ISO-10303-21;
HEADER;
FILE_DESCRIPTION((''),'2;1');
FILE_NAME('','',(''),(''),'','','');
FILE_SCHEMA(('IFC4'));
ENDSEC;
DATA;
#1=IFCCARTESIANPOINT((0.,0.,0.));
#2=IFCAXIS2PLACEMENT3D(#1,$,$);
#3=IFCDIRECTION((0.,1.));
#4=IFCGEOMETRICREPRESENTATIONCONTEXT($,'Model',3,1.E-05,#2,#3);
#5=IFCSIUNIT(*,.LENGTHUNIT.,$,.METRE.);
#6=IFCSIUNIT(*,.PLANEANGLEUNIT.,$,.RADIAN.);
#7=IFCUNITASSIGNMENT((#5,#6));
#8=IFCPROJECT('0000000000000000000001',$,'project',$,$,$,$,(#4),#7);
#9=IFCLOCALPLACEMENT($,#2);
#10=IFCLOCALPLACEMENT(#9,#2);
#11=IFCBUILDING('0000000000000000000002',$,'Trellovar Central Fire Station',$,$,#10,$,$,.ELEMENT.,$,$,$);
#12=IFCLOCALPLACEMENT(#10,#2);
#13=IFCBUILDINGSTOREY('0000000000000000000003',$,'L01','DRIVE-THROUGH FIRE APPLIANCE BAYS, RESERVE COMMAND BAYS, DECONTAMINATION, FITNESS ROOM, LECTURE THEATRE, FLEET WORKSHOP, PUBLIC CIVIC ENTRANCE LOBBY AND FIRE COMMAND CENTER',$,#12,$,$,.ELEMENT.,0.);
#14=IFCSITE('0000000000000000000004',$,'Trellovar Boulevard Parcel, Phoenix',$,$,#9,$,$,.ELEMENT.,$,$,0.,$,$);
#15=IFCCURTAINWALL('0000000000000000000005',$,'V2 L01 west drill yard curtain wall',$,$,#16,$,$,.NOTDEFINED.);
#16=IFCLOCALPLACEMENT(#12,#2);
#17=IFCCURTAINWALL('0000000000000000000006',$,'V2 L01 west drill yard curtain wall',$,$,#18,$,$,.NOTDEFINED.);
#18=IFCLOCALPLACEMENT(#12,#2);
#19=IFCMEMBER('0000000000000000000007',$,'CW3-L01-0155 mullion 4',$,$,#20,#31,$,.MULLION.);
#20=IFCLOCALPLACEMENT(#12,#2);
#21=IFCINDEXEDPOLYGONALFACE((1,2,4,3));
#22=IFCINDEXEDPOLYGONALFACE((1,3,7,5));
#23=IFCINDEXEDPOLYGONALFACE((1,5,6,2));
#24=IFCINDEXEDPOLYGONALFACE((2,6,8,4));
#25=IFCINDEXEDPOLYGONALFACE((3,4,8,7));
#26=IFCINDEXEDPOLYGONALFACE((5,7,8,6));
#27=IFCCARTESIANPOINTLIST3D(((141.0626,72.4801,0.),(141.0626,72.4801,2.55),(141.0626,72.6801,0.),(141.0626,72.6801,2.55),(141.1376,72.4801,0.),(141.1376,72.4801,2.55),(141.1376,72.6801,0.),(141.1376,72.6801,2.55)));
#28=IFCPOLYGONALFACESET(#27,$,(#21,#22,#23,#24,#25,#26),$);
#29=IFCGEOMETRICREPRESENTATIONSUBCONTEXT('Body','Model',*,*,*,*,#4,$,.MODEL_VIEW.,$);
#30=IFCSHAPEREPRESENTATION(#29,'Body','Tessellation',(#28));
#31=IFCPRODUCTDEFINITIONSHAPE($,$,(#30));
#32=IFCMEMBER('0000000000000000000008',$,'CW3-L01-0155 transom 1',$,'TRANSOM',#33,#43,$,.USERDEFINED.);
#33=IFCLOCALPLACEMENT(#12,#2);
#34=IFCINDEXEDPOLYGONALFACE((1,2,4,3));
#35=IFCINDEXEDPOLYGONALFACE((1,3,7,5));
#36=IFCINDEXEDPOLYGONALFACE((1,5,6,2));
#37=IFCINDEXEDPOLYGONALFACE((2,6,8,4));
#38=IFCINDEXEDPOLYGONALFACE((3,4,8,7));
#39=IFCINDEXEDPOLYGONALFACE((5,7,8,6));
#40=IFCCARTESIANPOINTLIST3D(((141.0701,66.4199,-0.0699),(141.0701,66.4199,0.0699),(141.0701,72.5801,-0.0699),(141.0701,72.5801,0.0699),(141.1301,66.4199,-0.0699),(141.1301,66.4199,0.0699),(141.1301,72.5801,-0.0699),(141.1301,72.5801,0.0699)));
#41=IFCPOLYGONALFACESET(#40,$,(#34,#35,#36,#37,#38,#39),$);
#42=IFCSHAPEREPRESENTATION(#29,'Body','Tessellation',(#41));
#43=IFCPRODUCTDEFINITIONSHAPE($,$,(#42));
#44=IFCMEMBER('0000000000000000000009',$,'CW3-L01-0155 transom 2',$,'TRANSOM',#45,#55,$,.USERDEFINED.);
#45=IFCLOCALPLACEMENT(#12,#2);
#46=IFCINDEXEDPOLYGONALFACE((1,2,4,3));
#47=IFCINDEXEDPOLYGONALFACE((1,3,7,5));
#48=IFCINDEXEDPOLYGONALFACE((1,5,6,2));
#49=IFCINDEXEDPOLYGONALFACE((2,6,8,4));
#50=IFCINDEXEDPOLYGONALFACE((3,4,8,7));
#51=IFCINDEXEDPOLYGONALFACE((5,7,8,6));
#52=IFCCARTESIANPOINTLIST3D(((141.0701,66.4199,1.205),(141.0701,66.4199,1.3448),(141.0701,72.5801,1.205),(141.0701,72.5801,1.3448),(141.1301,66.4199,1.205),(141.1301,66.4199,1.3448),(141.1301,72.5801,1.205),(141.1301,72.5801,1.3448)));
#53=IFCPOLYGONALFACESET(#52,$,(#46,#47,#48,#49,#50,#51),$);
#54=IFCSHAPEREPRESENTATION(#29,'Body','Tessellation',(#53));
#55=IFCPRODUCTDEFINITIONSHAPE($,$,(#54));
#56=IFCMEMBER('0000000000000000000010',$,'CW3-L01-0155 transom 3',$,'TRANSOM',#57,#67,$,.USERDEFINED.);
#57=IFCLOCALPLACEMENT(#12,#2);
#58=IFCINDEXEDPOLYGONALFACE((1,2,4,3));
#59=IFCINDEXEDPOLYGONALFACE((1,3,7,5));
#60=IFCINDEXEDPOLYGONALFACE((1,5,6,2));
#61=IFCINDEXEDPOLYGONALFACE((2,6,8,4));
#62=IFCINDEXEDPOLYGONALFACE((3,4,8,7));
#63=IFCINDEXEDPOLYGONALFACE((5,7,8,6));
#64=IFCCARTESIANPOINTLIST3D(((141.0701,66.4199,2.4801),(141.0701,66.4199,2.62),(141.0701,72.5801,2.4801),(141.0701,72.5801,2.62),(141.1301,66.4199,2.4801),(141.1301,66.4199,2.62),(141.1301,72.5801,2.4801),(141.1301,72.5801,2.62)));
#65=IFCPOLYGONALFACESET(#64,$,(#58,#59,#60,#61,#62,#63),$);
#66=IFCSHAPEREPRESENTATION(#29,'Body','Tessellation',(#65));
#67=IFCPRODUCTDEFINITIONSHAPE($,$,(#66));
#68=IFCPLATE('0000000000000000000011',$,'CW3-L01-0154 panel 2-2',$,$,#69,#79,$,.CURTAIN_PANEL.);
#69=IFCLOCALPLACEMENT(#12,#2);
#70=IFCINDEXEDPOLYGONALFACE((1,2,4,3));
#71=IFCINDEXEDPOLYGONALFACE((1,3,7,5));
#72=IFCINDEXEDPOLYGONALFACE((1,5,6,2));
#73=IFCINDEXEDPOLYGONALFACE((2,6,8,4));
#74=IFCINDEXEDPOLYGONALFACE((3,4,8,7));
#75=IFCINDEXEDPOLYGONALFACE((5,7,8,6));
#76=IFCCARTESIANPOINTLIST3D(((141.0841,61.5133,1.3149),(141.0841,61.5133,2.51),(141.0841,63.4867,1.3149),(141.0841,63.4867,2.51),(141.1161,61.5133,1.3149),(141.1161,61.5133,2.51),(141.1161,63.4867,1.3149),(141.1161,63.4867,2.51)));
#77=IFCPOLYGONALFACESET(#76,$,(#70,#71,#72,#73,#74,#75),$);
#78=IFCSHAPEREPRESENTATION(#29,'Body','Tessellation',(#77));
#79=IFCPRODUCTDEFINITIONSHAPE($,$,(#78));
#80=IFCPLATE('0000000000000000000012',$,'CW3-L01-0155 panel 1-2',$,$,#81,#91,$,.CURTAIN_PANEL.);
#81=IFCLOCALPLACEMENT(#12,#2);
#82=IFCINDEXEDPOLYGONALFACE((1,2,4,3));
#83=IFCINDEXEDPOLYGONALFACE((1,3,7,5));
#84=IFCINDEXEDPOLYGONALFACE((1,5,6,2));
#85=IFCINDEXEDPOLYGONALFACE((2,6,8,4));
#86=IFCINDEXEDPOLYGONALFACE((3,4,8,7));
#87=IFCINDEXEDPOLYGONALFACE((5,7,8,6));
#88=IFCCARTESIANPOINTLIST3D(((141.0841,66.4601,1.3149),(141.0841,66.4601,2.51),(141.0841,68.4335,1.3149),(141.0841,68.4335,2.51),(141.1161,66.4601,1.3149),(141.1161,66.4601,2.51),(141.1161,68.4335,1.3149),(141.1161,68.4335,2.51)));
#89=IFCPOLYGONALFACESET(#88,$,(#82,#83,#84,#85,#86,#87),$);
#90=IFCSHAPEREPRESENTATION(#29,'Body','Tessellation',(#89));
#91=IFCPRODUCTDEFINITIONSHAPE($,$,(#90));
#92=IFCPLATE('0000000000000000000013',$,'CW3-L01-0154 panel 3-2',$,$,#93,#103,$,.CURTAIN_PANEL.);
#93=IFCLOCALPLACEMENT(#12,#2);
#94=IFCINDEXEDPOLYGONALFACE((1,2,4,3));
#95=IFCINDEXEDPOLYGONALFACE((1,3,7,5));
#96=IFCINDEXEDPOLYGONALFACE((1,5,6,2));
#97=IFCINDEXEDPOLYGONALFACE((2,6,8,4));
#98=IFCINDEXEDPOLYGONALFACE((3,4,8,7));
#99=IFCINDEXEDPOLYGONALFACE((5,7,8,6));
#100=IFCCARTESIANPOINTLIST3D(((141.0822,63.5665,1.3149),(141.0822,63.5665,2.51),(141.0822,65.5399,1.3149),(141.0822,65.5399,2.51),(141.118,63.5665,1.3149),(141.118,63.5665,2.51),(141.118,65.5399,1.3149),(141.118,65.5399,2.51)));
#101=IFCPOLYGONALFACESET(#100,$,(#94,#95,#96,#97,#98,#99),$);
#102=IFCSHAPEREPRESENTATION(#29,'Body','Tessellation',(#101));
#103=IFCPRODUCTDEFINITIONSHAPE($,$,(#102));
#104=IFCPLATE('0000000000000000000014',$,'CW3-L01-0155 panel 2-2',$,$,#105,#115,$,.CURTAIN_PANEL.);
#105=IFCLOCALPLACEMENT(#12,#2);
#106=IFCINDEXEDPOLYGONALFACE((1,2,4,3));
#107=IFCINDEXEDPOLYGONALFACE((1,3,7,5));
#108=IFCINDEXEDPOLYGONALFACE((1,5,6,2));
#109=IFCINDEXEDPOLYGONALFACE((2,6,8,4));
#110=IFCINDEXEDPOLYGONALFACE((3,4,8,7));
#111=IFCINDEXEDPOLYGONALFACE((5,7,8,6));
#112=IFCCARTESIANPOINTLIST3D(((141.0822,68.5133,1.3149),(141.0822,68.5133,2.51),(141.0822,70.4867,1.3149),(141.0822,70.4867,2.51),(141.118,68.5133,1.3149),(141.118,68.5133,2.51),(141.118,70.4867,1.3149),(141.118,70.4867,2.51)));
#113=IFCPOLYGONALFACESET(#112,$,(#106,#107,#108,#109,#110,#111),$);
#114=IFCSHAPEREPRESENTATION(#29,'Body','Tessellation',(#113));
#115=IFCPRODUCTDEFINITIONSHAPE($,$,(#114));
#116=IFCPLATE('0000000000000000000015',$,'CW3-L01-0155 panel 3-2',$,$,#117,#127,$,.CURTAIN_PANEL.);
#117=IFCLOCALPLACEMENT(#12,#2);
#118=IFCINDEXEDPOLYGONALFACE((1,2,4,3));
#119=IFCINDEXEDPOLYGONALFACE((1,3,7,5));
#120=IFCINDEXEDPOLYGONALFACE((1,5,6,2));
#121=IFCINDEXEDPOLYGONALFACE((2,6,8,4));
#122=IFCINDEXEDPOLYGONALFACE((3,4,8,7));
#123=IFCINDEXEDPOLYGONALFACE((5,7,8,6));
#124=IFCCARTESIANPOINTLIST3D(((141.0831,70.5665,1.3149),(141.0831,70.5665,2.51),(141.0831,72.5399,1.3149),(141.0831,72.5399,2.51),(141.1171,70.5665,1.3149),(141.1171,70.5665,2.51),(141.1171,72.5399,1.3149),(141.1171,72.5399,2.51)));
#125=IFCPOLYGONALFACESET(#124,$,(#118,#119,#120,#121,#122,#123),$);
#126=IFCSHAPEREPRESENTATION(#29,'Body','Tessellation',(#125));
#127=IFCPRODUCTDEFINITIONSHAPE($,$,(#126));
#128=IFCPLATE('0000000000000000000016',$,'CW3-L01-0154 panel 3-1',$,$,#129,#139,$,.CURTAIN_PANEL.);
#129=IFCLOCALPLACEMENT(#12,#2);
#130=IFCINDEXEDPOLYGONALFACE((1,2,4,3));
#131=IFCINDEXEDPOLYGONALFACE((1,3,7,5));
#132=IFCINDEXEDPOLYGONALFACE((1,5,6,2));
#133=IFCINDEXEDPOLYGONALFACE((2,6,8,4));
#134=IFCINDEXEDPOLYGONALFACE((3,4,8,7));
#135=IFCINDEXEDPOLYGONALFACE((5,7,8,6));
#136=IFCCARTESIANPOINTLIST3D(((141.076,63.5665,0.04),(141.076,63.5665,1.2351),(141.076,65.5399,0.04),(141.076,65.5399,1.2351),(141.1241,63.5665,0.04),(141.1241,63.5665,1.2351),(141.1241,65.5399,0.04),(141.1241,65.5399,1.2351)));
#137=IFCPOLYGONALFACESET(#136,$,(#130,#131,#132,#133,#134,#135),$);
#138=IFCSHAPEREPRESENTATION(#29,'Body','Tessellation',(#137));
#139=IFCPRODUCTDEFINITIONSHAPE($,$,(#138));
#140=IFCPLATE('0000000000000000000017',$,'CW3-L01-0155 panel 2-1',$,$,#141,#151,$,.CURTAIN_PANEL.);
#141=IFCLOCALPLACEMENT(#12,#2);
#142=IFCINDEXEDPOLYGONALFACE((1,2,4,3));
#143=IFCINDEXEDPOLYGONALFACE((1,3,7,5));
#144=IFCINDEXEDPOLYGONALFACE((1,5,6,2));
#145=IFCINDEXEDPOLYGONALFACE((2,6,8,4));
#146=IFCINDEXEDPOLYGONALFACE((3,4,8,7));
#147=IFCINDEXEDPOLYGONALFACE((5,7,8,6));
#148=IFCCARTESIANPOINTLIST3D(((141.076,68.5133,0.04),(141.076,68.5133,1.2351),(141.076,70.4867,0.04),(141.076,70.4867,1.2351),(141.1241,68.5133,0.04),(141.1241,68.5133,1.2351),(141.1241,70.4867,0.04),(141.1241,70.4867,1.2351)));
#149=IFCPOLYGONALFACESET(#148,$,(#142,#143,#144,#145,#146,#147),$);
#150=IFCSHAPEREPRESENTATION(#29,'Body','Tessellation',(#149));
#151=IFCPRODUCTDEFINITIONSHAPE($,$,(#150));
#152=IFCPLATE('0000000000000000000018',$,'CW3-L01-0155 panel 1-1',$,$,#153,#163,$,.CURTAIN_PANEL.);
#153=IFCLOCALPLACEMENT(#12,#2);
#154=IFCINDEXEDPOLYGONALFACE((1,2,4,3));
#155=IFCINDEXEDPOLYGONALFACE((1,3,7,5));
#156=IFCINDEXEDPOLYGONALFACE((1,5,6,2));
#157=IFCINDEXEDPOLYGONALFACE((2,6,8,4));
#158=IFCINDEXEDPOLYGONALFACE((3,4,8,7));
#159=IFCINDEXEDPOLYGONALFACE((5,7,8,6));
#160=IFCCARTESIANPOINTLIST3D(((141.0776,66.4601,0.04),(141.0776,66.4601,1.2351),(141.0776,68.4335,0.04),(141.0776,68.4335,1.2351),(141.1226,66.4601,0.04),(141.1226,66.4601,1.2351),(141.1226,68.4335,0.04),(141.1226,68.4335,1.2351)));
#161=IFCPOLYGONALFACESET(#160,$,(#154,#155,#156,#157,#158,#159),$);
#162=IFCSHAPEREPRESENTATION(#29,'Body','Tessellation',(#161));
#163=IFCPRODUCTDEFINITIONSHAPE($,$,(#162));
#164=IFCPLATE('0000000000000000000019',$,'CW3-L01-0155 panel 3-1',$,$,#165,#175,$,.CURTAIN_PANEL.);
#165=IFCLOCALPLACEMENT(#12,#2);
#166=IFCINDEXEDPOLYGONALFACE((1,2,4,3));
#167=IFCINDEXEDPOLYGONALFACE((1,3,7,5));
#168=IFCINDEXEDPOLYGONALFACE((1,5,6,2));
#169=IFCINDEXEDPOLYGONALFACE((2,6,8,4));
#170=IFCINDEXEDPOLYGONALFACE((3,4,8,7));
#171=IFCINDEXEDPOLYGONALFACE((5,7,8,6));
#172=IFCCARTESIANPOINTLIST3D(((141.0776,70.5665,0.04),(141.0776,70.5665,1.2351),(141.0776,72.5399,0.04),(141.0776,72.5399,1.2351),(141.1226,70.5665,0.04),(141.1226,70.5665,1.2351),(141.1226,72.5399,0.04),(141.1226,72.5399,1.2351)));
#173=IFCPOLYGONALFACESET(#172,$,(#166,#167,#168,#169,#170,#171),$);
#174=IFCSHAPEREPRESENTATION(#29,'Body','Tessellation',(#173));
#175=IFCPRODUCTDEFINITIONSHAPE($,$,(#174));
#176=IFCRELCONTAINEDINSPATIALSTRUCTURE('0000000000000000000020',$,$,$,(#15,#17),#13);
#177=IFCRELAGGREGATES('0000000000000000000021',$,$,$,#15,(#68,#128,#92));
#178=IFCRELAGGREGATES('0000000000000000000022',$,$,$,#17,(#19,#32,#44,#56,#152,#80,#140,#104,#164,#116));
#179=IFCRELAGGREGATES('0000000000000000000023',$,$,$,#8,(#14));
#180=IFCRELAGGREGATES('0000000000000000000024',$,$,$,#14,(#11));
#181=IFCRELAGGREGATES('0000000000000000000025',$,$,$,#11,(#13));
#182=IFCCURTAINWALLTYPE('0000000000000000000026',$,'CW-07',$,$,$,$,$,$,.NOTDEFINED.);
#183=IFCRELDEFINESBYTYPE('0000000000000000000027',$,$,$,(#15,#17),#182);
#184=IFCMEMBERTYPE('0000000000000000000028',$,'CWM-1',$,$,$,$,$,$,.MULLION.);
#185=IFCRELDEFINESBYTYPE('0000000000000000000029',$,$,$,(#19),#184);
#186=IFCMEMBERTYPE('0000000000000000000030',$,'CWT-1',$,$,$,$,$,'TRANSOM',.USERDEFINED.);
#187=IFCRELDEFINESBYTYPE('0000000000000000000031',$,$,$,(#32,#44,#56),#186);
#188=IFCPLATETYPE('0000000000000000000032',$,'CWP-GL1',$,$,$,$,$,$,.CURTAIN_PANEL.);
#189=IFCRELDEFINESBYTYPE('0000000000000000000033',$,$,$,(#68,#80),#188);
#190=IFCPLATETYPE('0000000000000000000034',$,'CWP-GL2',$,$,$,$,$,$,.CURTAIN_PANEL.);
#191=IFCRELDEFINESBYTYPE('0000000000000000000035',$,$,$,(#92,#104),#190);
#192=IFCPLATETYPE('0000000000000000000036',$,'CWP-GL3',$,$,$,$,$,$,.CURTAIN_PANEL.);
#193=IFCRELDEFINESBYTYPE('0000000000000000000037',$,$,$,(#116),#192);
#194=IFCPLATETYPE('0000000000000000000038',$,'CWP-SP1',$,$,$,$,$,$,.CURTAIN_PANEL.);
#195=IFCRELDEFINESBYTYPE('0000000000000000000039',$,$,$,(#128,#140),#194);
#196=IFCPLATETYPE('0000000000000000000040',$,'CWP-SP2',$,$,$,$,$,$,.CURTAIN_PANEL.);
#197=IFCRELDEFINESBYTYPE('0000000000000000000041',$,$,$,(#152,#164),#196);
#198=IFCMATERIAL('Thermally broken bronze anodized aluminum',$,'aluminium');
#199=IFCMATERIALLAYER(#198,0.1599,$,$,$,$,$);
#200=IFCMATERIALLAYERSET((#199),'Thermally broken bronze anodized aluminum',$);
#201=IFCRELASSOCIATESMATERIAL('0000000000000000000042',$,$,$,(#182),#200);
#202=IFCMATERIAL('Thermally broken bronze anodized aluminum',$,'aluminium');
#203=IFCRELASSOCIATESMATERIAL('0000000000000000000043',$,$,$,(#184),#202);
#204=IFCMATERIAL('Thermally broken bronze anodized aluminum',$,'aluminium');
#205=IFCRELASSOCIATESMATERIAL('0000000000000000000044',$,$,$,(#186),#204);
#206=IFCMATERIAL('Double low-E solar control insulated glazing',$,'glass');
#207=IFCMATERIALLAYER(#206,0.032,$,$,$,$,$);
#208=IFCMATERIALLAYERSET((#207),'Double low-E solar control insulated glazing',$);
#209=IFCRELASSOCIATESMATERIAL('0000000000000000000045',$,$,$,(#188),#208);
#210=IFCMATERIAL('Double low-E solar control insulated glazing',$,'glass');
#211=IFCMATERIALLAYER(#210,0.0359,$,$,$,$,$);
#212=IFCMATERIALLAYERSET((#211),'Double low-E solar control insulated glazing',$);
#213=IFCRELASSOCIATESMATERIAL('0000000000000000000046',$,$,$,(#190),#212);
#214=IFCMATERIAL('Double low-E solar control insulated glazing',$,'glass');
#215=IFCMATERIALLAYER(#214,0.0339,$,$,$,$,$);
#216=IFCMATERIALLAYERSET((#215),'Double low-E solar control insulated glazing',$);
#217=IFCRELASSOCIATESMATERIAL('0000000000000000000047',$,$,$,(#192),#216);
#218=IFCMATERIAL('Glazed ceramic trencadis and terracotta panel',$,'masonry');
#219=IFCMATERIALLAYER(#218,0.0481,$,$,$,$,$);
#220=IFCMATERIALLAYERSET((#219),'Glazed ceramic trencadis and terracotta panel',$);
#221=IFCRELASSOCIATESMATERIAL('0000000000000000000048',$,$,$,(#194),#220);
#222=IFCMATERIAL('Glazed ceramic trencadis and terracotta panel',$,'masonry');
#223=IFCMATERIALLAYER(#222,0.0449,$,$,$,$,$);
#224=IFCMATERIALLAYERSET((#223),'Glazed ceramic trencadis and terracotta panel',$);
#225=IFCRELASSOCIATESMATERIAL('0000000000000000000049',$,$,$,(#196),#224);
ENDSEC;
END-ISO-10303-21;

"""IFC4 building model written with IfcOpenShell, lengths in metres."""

from ifc_helpers import new_model, si_unit, direction, frame, origin, origin_2d, place, context, subcontext, project, spatial, rectangle, extrude, material, layer, layer_set, material_profile, profile_set, type_object, element, aggregate, save


model = new_model("IFC4")

# Units and contexts
model_context = context("Model", 3, precision=1e-05, world=origin(), true_north=direction((0.0, 1.0)))
body_context = subcontext(model_context, "Body", "Model", "MODEL_VIEW")
ifc_project = project(units=[si_unit("LENGTHUNIT", "METRE"), si_unit("PLANEANGLEUNIT", "RADIAN")], contexts=[model_context])

# Site, building, storey
site_placement = place(None, origin())
site = spatial("IfcSite", under=ifc_project, at=site_placement, Name="Trellovar Boulevard Parcel, Phoenix", CompositionType="ELEMENT", RefElevation=0.0)
building_placement = place(site_placement, origin())
building = spatial("IfcBuilding", under=site, at=building_placement, Name="Trellovar Central Fire Station", CompositionType="ELEMENT")
storey_placement = place(building_placement, origin())
storey = spatial("IfcBuildingStorey", under=building, at=storey_placement, Name="L01", Description="DRIVE-THROUGH FIRE APPLIANCE BAYS, RESERVE COMMAND BAYS, DECONTAMINATION, FITNESS ROOM, LECTURE THEATRE, FLEET WORKSHOP, PUBLIC CIVIC ENTRANCE LOBBY AND FIRE COMMAND CENTER", CompositionType="ELEMENT", Elevation=0.0)

# Curtain walls, members
ifc_material_1 = material(Name="Thermally broken bronze anodized aluminum", Category="aluminium")
ifc_layer_1 = layer(ifc_material_1, 0.1599)
ifc_layer_set_1 = layer_set([ifc_layer_1], Name="Thermally broken bronze anodized aluminum")
curtain_wall_type = type_object("IfcCurtainWallType", Name="CW-07", PredefinedType="NOTDEFINED", material=ifc_layer_set_1)
curtain_wall_1_placement = place(storey_placement, origin())
curtain_wall_1 = element("IfcCurtainWall", 1, at=curtain_wall_1_placement, inside=storey, type_object=curtain_wall_type, Name="V2 L01 west drill yard curtain wall", PredefinedType="NOTDEFINED")
ifc_material_2 = material(Name="Thermally broken bronze anodized aluminum", Category="aluminium")
ifc_material_profile_1 = material_profile(ifc_material_2, rectangle(XDim=0.075, YDim=0.2, at=origin_2d()), Name="ALU75X200")
ifc_profile_set_1 = profile_set([ifc_material_profile_1], Name="Thermally broken bronze anodized aluminum")
member_type_1 = type_object("IfcMemberType", Name="CWM-1", PredefinedType="MULLION", material=ifc_profile_set_1)
curtain_wall_2_placement = place(storey_placement, origin())
curtain_wall_2 = element("IfcCurtainWall", 2, at=curtain_wall_2_placement, inside=storey, type_object=curtain_wall_type, Name="V2 L01 west drill yard curtain wall", PredefinedType="NOTDEFINED")
member_1_placement = place(storey_placement, frame((141.1001, 72.5801, 0.0), z_axis=(0.0, 0.0, 1.0), x_axis=(1.0, 0.0, 0.0)))
member_1 = element("IfcMember", 3, at=member_1_placement, type_object=member_type_1, Name="CW3-L01-0155 mullion 4", PredefinedType="MULLION", context=body_context, shape_type="SweptSolid", body=[
    extrude(rectangle(XDim=0.075, YDim=0.2, at=origin_2d()), origin(), (0.0, 0.0, 1.0), 2.55),
])
ifc_material_3 = material(Name="Thermally broken bronze anodized aluminum", Category="aluminium")
ifc_material_profile_2 = material_profile(ifc_material_3, rectangle(XDim=0.0601, YDim=0.1399, at=origin_2d()), Name="ALU60X140")
ifc_profile_set_2 = profile_set([ifc_material_profile_2], Name="Thermally broken bronze anodized aluminum")
member_type_2 = type_object("IfcMemberType", Name="CWT-1", ElementType="TRANSOM", PredefinedType="USERDEFINED", material=ifc_profile_set_2)
member_2_placement = place(storey_placement, frame((141.1001, 66.4199, 0.0), z_axis=(0.0, 1.0, 0.0), x_axis=(-1.0, 0.0, 0.0)))
member_2 = element("IfcMember", 4, at=member_2_placement, type_object=member_type_2, Name="CW3-L01-0155 transom 1", ObjectType="TRANSOM", PredefinedType="USERDEFINED", context=body_context, shape_type="SweptSolid", body=[
    extrude(rectangle(XDim=0.0601, YDim=0.1399, at=origin_2d()), origin(), (0.0, 0.0, 1.0), 6.1602),
])
member_3_placement = place(storey_placement, frame((141.1001, 66.4199, 1.2749), z_axis=(0.0, 1.0, 0.0), x_axis=(-1.0, 0.0, 0.0)))
member_3 = element("IfcMember", 5, at=member_3_placement, type_object=member_type_2, Name="CW3-L01-0155 transom 2", ObjectType="TRANSOM", PredefinedType="USERDEFINED", context=body_context, shape_type="SweptSolid", body=[
    extrude(rectangle(XDim=0.0601, YDim=0.1399, at=origin_2d()), origin(), (0.0, 0.0, 1.0), 6.1602),
])
member_4_placement = place(storey_placement, frame((141.1001, 66.4199, 2.55), z_axis=(0.0, 1.0, 0.0), x_axis=(-1.0, 0.0, 0.0)))
member_4 = element("IfcMember", 6, at=member_4_placement, type_object=member_type_2, Name="CW3-L01-0155 transom 3", ObjectType="TRANSOM", PredefinedType="USERDEFINED", context=body_context, shape_type="SweptSolid", body=[
    extrude(rectangle(XDim=0.0601, YDim=0.1399, at=origin_2d()), origin(), (0.0, 0.0, 1.0), 6.1602),
])

# Plates
ifc_material_4 = material(Name="Double low-E solar control insulated glazing", Category="glass")
ifc_layer_2 = layer(ifc_material_4, 0.032)
ifc_layer_set_2 = layer_set([ifc_layer_2], Name="Double low-E solar control insulated glazing")
plate_type_1 = type_object("IfcPlateType", Name="CWP-GL1", PredefinedType="CURTAIN_PANEL", material=ifc_layer_set_2)
plate_1_placement = place(storey_placement, frame((141.1001, 62.5, 1.3149), z_axis=(0.0, 0.0, 1.0), x_axis=(0.0, 1.0, 0.0)))
plate_1 = element("IfcPlate", 7, at=plate_1_placement, type_object=plate_type_1, Name="CW3-L01-0154 panel 2-2", PredefinedType="CURTAIN_PANEL", context=body_context, shape_type="SweptSolid", body=[
    extrude(rectangle(XDim=1.9734, YDim=0.032, at=origin_2d()), origin(), (0.0, 0.0, 1.0), 1.1951),
])
plate_2_placement = place(storey_placement, frame((141.1001, 67.4468, 1.3149), z_axis=(0.0, 0.0, 1.0), x_axis=(0.0, 1.0, 0.0)))
plate_2 = element("IfcPlate", 8, at=plate_2_placement, type_object=plate_type_1, Name="CW3-L01-0155 panel 1-2", PredefinedType="CURTAIN_PANEL", context=body_context, shape_type="SweptSolid", body=[
    extrude(rectangle(XDim=1.9734, YDim=0.032, at=origin_2d()), origin(), (0.0, 0.0, 1.0), 1.1951),
])
ifc_material_5 = material(Name="Double low-E solar control insulated glazing", Category="glass")
ifc_layer_3 = layer(ifc_material_5, 0.0359)
ifc_layer_set_3 = layer_set([ifc_layer_3], Name="Double low-E solar control insulated glazing")
plate_type_2 = type_object("IfcPlateType", Name="CWP-GL2", PredefinedType="CURTAIN_PANEL", material=ifc_layer_set_3)
plate_3_placement = place(storey_placement, frame((141.1001, 64.5532, 1.3149), z_axis=(0.0, 0.0, 1.0), x_axis=(0.0, 1.0, 0.0)))
plate_3 = element("IfcPlate", 9, at=plate_3_placement, type_object=plate_type_2, Name="CW3-L01-0154 panel 3-2", PredefinedType="CURTAIN_PANEL", context=body_context, shape_type="SweptSolid", body=[
    extrude(rectangle(XDim=1.9734, YDim=0.0359, at=origin_2d()), origin(), (0.0, 0.0, 1.0), 1.1951),
])
plate_4_placement = place(storey_placement, frame((141.1001, 69.5, 1.3149), z_axis=(0.0, 0.0, 1.0), x_axis=(0.0, 1.0, 0.0)))
plate_4 = element("IfcPlate", 10, at=plate_4_placement, type_object=plate_type_2, Name="CW3-L01-0155 panel 2-2", PredefinedType="CURTAIN_PANEL", context=body_context, shape_type="SweptSolid", body=[
    extrude(rectangle(XDim=1.9734, YDim=0.0359, at=origin_2d()), origin(), (0.0, 0.0, 1.0), 1.1951),
])
ifc_material_6 = material(Name="Double low-E solar control insulated glazing", Category="glass")
ifc_layer_4 = layer(ifc_material_6, 0.0339)
ifc_layer_set_4 = layer_set([ifc_layer_4], Name="Double low-E solar control insulated glazing")
plate_type_3 = type_object("IfcPlateType", Name="CWP-GL3", PredefinedType="CURTAIN_PANEL", material=ifc_layer_set_4)
plate_5_placement = place(storey_placement, frame((141.1001, 71.5532, 1.3149), z_axis=(0.0, 0.0, 1.0), x_axis=(0.0, 1.0, 0.0)))
plate_5 = element("IfcPlate", 11, at=plate_5_placement, type_object=plate_type_3, Name="CW3-L01-0155 panel 3-2", PredefinedType="CURTAIN_PANEL", context=body_context, shape_type="SweptSolid", body=[
    extrude(rectangle(XDim=1.9734, YDim=0.0339, at=origin_2d()), origin(), (0.0, 0.0, 1.0), 1.1951),
])
ifc_material_7 = material(Name="Glazed ceramic trencadis and terracotta panel", Category="masonry")
ifc_layer_5 = layer(ifc_material_7, 0.0481)
ifc_layer_set_5 = layer_set([ifc_layer_5], Name="Glazed ceramic trencadis and terracotta panel")
plate_type_4 = type_object("IfcPlateType", Name="CWP-SP1", PredefinedType="CURTAIN_PANEL", material=ifc_layer_set_5)
plate_6_placement = place(storey_placement, frame((141.1001, 64.5532, 0.04), z_axis=(0.0, 0.0, 1.0), x_axis=(0.0, 1.0, 0.0)))
plate_6 = element("IfcPlate", 12, at=plate_6_placement, type_object=plate_type_4, Name="CW3-L01-0154 panel 3-1", PredefinedType="CURTAIN_PANEL", context=body_context, shape_type="SweptSolid", body=[
    extrude(rectangle(XDim=1.9734, YDim=0.0481, at=origin_2d()), origin(), (0.0, 0.0, 1.0), 1.1951),
])
aggregate(curtain_wall_1, [plate_1, plate_6, plate_3])
plate_7_placement = place(storey_placement, frame((141.1001, 69.5, 0.04), z_axis=(0.0, 0.0, 1.0), x_axis=(0.0, 1.0, 0.0)))
plate_7 = element("IfcPlate", 13, at=plate_7_placement, type_object=plate_type_4, Name="CW3-L01-0155 panel 2-1", PredefinedType="CURTAIN_PANEL", context=body_context, shape_type="SweptSolid", body=[
    extrude(rectangle(XDim=1.9734, YDim=0.0481, at=origin_2d()), origin(), (0.0, 0.0, 1.0), 1.1951),
])
ifc_material_8 = material(Name="Glazed ceramic trencadis and terracotta panel", Category="masonry")
ifc_layer_6 = layer(ifc_material_8, 0.0449)
ifc_layer_set_6 = layer_set([ifc_layer_6], Name="Glazed ceramic trencadis and terracotta panel")
plate_type_5 = type_object("IfcPlateType", Name="CWP-SP2", PredefinedType="CURTAIN_PANEL", material=ifc_layer_set_6)
plate_8_placement = place(storey_placement, frame((141.1001, 67.4468, 0.04), z_axis=(0.0, 0.0, 1.0), x_axis=(0.0, 1.0, 0.0)))
plate_8 = element("IfcPlate", 14, at=plate_8_placement, type_object=plate_type_5, Name="CW3-L01-0155 panel 1-1", PredefinedType="CURTAIN_PANEL", context=body_context, shape_type="SweptSolid", body=[
    extrude(rectangle(XDim=1.9734, YDim=0.0449, at=origin_2d()), origin(), (0.0, 0.0, 1.0), 1.1951),
])
plate_9_placement = place(storey_placement, frame((141.1001, 71.5532, 0.04), z_axis=(0.0, 0.0, 1.0), x_axis=(0.0, 1.0, 0.0)))
plate_9 = element("IfcPlate", 15, at=plate_9_placement, type_object=plate_type_5, Name="CW3-L01-0155 panel 3-1", PredefinedType="CURTAIN_PANEL", context=body_context, shape_type="SweptSolid", body=[
    extrude(rectangle(XDim=1.9734, YDim=0.0449, at=origin_2d()), origin(), (0.0, 0.0, 1.0), 1.1951),
])
aggregate(curtain_wall_2, [member_1, member_2, member_3, member_4, plate_8, plate_2, plate_7, plate_4, plate_9, plate_5])

save(model, "model.ifc")
